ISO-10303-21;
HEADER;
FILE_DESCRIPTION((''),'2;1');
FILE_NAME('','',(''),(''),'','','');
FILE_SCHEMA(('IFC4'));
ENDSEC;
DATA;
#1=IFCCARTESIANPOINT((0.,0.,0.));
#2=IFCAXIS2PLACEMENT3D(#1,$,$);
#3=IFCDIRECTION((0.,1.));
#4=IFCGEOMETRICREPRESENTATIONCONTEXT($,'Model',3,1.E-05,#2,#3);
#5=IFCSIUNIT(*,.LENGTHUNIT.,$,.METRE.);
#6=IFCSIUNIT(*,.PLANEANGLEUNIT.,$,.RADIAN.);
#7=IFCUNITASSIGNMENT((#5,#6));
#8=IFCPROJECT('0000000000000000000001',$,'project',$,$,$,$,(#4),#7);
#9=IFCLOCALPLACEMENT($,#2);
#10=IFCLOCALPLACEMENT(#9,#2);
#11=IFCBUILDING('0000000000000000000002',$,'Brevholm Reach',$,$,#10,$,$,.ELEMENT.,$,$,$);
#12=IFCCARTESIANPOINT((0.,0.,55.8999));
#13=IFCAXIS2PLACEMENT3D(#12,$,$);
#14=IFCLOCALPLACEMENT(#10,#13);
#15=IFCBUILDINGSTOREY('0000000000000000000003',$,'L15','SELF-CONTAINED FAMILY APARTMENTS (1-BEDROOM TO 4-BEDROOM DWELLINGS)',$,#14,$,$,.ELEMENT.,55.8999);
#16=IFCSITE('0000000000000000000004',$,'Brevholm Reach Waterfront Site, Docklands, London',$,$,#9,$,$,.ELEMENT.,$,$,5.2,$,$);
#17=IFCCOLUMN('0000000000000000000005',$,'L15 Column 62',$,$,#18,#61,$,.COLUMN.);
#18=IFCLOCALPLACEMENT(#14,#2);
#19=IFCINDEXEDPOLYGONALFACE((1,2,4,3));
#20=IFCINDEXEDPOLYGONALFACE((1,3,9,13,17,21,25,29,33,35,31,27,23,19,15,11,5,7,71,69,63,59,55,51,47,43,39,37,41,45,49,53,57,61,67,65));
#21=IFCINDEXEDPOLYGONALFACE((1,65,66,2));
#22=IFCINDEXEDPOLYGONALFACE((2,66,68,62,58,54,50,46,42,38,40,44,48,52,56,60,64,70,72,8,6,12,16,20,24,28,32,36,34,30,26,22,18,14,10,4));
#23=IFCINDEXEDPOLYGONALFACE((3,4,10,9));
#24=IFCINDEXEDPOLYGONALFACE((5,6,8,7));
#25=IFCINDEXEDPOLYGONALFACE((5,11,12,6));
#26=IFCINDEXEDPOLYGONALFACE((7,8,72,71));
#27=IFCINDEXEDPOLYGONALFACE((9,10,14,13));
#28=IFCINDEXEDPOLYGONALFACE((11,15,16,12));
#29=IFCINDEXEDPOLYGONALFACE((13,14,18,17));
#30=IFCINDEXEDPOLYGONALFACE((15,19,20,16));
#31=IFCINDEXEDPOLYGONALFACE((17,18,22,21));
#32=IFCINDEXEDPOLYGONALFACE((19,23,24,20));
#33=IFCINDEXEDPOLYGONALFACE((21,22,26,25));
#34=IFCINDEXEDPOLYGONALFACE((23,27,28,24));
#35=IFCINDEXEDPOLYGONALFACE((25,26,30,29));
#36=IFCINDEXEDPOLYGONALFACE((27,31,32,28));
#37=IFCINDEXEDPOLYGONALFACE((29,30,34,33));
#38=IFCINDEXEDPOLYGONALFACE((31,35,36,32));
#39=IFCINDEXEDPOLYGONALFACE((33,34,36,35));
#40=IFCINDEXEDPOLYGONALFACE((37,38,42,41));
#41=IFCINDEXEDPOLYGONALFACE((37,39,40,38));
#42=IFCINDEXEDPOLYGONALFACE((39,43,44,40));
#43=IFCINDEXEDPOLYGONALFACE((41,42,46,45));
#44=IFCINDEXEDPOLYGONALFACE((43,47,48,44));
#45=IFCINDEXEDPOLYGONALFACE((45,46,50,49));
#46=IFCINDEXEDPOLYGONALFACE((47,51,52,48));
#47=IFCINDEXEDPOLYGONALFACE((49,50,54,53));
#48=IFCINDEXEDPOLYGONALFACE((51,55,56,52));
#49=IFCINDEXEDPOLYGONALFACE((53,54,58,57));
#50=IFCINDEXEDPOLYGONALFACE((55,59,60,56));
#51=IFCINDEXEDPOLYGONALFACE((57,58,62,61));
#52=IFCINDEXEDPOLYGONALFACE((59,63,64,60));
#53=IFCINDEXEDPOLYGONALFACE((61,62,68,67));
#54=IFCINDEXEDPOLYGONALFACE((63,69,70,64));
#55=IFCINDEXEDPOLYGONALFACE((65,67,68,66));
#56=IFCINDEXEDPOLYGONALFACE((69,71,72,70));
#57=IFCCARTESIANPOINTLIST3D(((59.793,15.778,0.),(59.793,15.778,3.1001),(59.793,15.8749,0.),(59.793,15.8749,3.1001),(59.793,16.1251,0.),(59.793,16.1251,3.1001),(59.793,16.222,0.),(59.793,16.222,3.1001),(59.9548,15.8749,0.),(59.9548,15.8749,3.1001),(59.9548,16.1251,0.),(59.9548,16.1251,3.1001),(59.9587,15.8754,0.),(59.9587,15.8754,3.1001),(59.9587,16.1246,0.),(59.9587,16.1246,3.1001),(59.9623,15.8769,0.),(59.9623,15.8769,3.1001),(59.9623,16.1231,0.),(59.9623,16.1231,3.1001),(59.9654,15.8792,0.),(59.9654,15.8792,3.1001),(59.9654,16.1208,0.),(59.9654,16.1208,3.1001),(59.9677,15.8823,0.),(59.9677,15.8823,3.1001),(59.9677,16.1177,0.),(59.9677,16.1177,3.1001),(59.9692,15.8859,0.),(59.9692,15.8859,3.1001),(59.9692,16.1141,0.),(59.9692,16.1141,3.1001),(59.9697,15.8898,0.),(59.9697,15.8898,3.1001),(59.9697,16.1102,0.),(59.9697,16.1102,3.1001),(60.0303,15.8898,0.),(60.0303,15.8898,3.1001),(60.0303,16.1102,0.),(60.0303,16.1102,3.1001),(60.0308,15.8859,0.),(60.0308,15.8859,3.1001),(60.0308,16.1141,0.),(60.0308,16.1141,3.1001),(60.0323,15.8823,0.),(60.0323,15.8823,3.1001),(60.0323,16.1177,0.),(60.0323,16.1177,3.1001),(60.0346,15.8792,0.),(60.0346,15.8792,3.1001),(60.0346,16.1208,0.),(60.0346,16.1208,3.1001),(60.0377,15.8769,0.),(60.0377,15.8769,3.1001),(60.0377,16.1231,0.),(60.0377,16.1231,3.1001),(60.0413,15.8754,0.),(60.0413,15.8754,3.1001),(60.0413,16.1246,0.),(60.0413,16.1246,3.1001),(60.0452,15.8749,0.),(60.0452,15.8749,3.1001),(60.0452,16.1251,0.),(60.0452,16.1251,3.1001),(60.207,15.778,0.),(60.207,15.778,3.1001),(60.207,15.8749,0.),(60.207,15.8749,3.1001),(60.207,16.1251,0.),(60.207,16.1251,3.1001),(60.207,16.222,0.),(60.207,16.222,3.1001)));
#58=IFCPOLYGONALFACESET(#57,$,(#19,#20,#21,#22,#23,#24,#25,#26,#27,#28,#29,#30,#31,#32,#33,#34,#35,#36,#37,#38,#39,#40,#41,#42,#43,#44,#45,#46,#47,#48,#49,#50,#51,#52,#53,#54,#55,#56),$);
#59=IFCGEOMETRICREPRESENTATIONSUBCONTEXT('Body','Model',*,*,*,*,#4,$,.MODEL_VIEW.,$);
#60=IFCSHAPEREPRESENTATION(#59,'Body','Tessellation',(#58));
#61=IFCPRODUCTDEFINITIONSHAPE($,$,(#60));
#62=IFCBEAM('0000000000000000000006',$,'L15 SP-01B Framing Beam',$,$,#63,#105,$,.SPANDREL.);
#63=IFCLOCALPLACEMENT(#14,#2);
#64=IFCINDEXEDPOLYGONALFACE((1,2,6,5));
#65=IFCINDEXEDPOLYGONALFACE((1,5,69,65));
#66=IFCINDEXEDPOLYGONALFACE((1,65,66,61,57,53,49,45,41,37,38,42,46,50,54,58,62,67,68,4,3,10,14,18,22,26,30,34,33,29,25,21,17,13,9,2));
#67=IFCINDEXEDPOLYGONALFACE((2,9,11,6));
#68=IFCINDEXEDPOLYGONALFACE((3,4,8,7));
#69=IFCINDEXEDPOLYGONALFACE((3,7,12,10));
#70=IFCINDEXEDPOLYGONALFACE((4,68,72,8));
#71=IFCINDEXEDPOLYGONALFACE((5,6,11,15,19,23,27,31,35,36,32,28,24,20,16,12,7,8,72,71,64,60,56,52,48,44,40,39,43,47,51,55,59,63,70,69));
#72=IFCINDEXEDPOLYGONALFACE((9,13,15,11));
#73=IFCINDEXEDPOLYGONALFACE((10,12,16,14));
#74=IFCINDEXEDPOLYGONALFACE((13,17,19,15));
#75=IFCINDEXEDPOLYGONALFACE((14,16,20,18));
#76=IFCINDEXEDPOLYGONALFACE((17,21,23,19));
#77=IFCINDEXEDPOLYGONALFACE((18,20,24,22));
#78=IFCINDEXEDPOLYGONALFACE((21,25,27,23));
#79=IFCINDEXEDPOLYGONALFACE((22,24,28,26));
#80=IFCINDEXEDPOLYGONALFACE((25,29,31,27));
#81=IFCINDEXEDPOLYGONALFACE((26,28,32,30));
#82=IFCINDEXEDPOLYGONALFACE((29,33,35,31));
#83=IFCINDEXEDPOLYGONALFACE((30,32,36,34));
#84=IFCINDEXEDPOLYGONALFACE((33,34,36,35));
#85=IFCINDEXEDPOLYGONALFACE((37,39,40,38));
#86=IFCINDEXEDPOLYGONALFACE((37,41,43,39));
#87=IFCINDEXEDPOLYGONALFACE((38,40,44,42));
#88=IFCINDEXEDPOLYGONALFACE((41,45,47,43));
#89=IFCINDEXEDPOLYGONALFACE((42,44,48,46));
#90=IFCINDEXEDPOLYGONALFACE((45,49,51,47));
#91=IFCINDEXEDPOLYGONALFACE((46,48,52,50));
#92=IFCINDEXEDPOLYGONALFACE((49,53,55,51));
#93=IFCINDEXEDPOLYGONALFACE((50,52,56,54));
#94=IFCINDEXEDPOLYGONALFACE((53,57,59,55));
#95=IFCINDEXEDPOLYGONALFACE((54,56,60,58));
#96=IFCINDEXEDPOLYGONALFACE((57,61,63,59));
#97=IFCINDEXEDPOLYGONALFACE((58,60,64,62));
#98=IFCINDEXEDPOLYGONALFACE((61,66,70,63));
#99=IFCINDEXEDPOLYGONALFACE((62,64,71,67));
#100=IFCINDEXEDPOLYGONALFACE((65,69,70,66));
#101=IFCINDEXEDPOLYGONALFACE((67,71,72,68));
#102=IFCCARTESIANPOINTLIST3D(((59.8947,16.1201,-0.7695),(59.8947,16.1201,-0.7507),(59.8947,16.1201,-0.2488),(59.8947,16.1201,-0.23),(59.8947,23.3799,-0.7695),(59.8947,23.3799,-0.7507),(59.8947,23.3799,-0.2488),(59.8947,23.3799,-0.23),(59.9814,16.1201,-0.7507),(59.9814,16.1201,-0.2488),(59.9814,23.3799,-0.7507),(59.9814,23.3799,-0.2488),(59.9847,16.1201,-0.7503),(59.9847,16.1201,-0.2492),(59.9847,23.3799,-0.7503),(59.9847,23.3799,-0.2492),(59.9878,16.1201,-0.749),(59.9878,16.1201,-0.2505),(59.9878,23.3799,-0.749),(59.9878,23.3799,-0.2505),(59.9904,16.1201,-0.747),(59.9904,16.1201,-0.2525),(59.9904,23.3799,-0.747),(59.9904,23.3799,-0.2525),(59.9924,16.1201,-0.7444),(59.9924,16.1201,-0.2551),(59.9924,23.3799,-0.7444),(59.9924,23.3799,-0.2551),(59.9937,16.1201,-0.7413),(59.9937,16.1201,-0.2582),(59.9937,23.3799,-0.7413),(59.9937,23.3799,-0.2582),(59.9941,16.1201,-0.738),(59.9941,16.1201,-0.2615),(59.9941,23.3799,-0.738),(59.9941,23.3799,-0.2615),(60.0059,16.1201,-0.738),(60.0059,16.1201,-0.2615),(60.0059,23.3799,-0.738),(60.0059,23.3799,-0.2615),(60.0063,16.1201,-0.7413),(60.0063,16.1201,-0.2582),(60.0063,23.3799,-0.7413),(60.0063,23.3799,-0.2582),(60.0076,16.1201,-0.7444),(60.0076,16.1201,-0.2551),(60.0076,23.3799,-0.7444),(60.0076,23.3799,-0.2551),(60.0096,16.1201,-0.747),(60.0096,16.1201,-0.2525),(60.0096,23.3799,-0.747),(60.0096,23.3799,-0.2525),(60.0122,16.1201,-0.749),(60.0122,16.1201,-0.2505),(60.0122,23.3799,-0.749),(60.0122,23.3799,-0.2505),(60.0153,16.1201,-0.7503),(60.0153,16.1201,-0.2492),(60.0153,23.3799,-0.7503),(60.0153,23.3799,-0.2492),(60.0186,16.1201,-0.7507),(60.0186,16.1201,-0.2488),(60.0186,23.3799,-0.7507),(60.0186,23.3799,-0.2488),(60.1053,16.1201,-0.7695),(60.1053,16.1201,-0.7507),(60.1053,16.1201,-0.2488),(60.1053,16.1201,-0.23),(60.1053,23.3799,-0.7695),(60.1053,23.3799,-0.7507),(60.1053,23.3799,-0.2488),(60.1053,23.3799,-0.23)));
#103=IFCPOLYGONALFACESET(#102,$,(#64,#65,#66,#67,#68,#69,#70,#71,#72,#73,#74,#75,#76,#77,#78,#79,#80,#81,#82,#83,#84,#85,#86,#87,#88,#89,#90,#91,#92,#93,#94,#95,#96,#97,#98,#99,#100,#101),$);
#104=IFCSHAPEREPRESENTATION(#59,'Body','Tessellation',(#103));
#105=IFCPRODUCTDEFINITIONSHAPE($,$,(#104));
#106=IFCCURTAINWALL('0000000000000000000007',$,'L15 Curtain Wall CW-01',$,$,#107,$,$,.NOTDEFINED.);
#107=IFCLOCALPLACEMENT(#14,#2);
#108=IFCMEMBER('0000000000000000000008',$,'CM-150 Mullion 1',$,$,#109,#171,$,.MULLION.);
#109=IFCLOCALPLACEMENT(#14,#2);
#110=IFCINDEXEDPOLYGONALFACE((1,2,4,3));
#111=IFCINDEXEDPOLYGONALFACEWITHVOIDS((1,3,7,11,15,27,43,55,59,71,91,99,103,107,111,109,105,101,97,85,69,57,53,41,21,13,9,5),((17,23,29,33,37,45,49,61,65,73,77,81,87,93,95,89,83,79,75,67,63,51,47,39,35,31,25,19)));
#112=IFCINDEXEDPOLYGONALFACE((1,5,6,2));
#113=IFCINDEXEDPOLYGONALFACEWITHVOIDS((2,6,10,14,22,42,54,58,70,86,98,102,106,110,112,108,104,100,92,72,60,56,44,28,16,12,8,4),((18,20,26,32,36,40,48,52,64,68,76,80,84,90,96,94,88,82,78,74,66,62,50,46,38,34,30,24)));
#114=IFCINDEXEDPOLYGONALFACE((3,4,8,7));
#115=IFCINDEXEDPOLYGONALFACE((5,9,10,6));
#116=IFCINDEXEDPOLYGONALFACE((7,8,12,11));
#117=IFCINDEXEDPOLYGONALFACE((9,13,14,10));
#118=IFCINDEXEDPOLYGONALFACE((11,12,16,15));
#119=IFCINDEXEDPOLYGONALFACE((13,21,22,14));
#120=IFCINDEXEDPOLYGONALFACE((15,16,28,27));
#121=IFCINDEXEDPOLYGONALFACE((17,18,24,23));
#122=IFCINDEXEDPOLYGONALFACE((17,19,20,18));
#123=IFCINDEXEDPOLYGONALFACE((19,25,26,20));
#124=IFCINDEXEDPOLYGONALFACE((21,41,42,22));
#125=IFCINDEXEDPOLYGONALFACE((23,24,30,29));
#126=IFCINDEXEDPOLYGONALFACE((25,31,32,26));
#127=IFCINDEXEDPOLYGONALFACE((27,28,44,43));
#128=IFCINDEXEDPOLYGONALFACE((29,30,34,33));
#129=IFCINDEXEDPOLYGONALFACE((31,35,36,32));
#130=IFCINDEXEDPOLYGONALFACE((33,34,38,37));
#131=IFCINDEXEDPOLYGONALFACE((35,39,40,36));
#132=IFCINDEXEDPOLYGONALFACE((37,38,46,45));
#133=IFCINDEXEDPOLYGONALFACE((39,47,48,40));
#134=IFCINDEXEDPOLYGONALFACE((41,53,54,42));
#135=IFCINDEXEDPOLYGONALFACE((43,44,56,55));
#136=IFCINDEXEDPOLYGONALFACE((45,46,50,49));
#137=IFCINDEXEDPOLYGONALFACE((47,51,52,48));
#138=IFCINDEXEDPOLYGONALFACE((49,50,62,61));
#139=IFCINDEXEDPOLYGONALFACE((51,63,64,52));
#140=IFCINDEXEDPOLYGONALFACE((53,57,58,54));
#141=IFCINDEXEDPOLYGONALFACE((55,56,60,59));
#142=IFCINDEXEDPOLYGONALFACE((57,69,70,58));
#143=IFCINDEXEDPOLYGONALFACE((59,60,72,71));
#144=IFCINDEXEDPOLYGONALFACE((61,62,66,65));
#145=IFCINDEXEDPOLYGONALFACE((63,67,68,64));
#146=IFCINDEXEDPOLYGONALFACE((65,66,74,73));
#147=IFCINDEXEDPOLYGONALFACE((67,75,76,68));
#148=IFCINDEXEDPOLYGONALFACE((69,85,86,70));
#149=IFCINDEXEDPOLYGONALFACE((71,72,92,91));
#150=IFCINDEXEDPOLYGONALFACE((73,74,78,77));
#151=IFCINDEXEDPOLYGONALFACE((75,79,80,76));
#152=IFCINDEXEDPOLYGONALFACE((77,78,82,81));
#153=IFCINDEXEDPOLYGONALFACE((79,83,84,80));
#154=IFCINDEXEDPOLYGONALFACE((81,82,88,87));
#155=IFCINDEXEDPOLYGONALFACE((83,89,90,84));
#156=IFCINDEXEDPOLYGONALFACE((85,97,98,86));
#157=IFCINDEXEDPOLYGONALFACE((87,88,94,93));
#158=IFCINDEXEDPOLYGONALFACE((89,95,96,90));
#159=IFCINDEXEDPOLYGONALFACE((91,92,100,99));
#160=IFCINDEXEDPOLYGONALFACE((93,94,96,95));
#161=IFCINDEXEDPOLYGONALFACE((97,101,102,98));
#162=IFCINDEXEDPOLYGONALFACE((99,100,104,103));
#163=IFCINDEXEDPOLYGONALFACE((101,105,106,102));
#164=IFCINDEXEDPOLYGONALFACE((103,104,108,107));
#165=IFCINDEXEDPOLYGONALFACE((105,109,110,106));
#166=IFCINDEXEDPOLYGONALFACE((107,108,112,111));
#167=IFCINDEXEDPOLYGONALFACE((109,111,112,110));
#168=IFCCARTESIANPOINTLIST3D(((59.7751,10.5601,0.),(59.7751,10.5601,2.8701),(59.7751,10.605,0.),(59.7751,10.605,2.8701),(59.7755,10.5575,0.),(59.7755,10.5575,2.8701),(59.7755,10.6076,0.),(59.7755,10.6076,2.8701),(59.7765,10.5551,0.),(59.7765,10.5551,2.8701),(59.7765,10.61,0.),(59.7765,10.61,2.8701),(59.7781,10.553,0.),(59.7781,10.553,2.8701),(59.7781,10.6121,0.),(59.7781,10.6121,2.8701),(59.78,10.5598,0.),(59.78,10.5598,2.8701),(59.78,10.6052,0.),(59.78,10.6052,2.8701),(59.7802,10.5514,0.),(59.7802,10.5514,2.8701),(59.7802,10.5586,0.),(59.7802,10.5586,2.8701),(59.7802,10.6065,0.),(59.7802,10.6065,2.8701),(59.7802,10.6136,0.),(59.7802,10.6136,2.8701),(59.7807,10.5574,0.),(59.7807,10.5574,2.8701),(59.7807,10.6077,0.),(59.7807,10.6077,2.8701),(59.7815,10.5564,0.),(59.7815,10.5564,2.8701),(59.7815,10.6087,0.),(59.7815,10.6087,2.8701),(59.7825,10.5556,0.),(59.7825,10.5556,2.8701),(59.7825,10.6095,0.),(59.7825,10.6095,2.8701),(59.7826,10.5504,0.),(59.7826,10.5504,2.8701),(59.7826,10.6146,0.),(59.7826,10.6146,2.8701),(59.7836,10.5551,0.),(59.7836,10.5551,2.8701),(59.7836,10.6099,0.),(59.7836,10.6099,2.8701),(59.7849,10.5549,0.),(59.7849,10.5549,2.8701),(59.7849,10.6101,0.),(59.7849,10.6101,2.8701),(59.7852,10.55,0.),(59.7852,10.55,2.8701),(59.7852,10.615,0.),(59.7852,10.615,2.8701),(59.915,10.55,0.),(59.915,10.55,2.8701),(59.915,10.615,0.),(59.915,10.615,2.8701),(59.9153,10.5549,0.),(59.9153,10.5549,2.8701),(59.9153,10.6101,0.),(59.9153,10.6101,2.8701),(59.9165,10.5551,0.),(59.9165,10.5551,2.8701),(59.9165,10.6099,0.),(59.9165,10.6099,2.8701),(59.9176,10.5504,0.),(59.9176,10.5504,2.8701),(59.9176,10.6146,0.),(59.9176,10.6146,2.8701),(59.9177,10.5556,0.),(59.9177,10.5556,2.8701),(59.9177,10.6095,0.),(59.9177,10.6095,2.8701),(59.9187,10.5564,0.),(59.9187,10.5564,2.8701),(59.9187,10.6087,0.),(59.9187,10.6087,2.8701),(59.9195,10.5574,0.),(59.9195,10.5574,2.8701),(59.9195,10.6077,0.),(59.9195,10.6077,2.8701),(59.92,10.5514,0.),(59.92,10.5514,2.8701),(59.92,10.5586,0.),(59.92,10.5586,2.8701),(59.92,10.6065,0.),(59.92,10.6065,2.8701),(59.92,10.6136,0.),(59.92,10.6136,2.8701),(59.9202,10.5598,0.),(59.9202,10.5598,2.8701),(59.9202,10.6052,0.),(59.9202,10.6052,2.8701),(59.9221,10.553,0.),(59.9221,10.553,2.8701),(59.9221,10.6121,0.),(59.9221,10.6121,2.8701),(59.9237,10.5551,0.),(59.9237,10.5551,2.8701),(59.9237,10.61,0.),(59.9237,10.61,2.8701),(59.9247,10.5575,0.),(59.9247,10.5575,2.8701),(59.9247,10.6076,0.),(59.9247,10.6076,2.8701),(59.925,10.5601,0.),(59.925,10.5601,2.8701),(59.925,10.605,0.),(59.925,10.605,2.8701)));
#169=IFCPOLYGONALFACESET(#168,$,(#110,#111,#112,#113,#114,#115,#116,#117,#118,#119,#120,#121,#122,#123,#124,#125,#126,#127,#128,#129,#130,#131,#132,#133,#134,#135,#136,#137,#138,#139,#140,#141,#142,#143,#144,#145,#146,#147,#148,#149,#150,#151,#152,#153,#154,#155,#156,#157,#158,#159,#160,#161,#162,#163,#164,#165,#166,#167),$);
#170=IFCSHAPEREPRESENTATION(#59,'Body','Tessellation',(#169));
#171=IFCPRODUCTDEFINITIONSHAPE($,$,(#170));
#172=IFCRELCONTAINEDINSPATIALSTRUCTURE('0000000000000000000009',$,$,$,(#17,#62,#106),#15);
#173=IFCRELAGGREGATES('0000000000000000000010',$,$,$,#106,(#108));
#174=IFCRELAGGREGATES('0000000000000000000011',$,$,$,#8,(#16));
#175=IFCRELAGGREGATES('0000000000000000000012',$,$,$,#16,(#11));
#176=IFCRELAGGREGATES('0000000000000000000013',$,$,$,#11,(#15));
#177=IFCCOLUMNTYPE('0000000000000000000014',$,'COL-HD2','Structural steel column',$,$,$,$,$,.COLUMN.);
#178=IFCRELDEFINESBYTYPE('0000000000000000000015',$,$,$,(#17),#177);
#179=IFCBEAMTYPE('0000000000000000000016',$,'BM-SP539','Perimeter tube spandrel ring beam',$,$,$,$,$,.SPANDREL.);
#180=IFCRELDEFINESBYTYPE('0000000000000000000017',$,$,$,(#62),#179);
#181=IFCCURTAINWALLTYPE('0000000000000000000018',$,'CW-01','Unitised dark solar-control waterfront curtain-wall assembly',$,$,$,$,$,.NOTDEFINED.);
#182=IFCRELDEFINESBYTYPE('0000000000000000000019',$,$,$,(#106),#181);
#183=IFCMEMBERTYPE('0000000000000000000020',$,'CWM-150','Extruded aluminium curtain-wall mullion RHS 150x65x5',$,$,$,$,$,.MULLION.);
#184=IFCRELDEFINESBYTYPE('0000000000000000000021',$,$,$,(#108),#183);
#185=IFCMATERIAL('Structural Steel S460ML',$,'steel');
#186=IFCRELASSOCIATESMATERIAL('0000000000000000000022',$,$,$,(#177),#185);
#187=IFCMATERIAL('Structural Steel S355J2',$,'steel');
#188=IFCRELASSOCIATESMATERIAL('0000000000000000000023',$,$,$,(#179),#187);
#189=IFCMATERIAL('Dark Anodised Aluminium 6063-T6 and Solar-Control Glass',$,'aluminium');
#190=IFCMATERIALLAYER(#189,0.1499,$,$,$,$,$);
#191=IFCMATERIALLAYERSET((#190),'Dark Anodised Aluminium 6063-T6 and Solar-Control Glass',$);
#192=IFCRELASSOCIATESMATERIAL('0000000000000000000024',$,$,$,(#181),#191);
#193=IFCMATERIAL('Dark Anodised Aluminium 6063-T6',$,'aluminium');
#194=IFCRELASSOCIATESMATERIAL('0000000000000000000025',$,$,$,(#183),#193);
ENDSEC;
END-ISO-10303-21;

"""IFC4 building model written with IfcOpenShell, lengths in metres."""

from ifc_helpers import new_model, si_unit, direction, frame, origin, origin_2d, place, context, subcontext, project, spatial, hollow_rectangle, i_section, extrude, material, layer, layer_set, material_profile, profile_set, type_object, element, aggregate, save


model = new_model("IFC4")

# Units and contexts
model_context = context("Model", 3, precision=1e-05, world=origin(), true_north=direction((0.0, 1.0)))
body_context = subcontext(model_context, "Body", "Model", "MODEL_VIEW")
ifc_project = project(units=[si_unit("LENGTHUNIT", "METRE"), si_unit("PLANEANGLEUNIT", "RADIAN")], contexts=[model_context])

# Site, building, storey
site_placement = place(None, origin())
site = spatial("IfcSite", under=ifc_project, at=site_placement, Name="Brevholm Reach Waterfront Site, Docklands, London", CompositionType="ELEMENT", RefElevation=5.2)
building_placement = place(site_placement, origin())
building = spatial("IfcBuilding", under=site, at=building_placement, Name="Brevholm Reach", CompositionType="ELEMENT")
storey_placement = place(building_placement, frame((0.0, 0.0, 55.8999)))
storey = spatial("IfcBuildingStorey", under=building, at=storey_placement, Name="L15", Description="SELF-CONTAINED FAMILY APARTMENTS (1-BEDROOM TO 4-BEDROOM DWELLINGS)", CompositionType="ELEMENT", Elevation=55.8999)

# Column
ifc_material_1 = material(Name="Structural Steel S460ML", Category="steel")
ifc_material_profile_1 = material_profile(ifc_material_1, i_section(OverallWidth=0.4141, OverallDepth=0.4441, WebThickness=0.0605, FlangeThickness=0.0969, FilletRadius=0.0149, at=origin_2d()), Name="HD 400x818")
ifc_profile_set_1 = profile_set([ifc_material_profile_1], Name="Structural Steel S460ML")
column_type = type_object("IfcColumnType", Name="COL-HD2", Description="Structural steel column", PredefinedType="COLUMN", material=ifc_profile_set_1)
column_placement = place(storey_placement, frame((60.0, 16.0, 0.0), z_axis=(0.0, 0.0, 1.0), x_axis=(1.0, 0.0, 0.0)))
element("IfcColumn", 1, at=column_placement, inside=storey, type_object=column_type, Name="L15 Column 62", PredefinedType="COLUMN", context=body_context, shape_type="SweptSolid", body=[
    extrude(i_section(OverallWidth=0.4141, OverallDepth=0.4441, WebThickness=0.0605, FlangeThickness=0.0969, FilletRadius=0.0149, at=origin_2d()), origin(), (0.0, 0.0, 1.0), 3.1001),
])

# Beam
ifc_material_2 = material(Name="Structural Steel S355J2", Category="steel")
ifc_material_profile_2 = material_profile(ifc_material_2, i_section(OverallWidth=0.2107, OverallDepth=0.5396, WebThickness=0.0117, FlangeThickness=0.0188, FilletRadius=0.0127, at=origin_2d()), Name="UKB 533x210x109")
ifc_profile_set_2 = profile_set([ifc_material_profile_2], Name="Structural Steel S355J2")
beam_type = type_object("IfcBeamType", Name="BM-SP539", Description="Perimeter tube spandrel ring beam", PredefinedType="SPANDREL", material=ifc_profile_set_2)
beam_placement = place(storey_placement, frame((60.0, 16.1201, -0.4998), z_axis=(0.0, 1.0, 0.0), x_axis=(-1.0, 0.0, 0.0)))
element("IfcBeam", 2, at=beam_placement, inside=storey, type_object=beam_type, Name="L15 SP-01B Framing Beam", PredefinedType="SPANDREL", context=body_context, shape_type="SweptSolid", body=[
    extrude(i_section(OverallWidth=0.2107, OverallDepth=0.5396, WebThickness=0.0117, FlangeThickness=0.0188, FilletRadius=0.0127, at=origin_2d()), origin(), (0.0, 0.0, 1.0), 7.2598),
])

# Curtain wall, member
ifc_material_3 = material(Name="Dark Anodised Aluminium 6063-T6 and Solar-Control Glass", Category="aluminium")
ifc_layer_1 = layer(ifc_material_3, 0.1499)
ifc_layer_set_1 = layer_set([ifc_layer_1], Name="Dark Anodised Aluminium 6063-T6 and Solar-Control Glass")
curtain_wall_type = type_object("IfcCurtainWallType", Name="CW-01", Description="Unitised dark solar-control waterfront curtain-wall assembly", PredefinedType="NOTDEFINED", material=ifc_layer_set_1)
curtain_wall_placement = place(storey_placement, origin())
curtain_wall = element("IfcCurtainWall", 3, at=curtain_wall_placement, inside=storey, type_object=curtain_wall_type, Name="L15 Curtain Wall CW-01", PredefinedType="NOTDEFINED")
ifc_material_4 = material(Name="Dark Anodised Aluminium 6063-T6", Category="aluminium")
ifc_material_profile_3 = material_profile(ifc_material_4, hollow_rectangle(XDim=0.0649, YDim=0.1499, WallThickness=0.0049, InnerFilletRadius=0.0049, OuterFilletRadius=0.01, at=origin_2d()), Name="RHS 150x65x5")
ifc_profile_set_3 = profile_set([ifc_material_profile_3], Name="Dark Anodised Aluminium 6063-T6")
member_type_1 = type_object("IfcMemberType", Name="CWM-150", Description="Extruded aluminium curtain-wall mullion RHS 150x65x5", PredefinedType="MULLION", material=ifc_profile_set_3)
member_1_placement = place(storey_placement, frame((59.8501, 10.5825, 0.0), z_axis=(0.0, 0.0, 1.0), x_axis=(0.0, 1.0, 0.0)))
member_1 = element("IfcMember", 4, at=member_1_placement, type_object=member_type_1, Name="CM-150 Mullion 1", PredefinedType="MULLION", context=body_context, shape_type="SweptSolid", body=[
    extrude(hollow_rectangle(XDim=0.0649, YDim=0.1499, WallThickness=0.0049, InnerFilletRadius=0.0049, OuterFilletRadius=0.01, at=origin_2d()), origin(), (0.0, 0.0, 1.0), 2.8701),
])
aggregate(curtain_wall, [member_1])

save(model, "model.ifc")
